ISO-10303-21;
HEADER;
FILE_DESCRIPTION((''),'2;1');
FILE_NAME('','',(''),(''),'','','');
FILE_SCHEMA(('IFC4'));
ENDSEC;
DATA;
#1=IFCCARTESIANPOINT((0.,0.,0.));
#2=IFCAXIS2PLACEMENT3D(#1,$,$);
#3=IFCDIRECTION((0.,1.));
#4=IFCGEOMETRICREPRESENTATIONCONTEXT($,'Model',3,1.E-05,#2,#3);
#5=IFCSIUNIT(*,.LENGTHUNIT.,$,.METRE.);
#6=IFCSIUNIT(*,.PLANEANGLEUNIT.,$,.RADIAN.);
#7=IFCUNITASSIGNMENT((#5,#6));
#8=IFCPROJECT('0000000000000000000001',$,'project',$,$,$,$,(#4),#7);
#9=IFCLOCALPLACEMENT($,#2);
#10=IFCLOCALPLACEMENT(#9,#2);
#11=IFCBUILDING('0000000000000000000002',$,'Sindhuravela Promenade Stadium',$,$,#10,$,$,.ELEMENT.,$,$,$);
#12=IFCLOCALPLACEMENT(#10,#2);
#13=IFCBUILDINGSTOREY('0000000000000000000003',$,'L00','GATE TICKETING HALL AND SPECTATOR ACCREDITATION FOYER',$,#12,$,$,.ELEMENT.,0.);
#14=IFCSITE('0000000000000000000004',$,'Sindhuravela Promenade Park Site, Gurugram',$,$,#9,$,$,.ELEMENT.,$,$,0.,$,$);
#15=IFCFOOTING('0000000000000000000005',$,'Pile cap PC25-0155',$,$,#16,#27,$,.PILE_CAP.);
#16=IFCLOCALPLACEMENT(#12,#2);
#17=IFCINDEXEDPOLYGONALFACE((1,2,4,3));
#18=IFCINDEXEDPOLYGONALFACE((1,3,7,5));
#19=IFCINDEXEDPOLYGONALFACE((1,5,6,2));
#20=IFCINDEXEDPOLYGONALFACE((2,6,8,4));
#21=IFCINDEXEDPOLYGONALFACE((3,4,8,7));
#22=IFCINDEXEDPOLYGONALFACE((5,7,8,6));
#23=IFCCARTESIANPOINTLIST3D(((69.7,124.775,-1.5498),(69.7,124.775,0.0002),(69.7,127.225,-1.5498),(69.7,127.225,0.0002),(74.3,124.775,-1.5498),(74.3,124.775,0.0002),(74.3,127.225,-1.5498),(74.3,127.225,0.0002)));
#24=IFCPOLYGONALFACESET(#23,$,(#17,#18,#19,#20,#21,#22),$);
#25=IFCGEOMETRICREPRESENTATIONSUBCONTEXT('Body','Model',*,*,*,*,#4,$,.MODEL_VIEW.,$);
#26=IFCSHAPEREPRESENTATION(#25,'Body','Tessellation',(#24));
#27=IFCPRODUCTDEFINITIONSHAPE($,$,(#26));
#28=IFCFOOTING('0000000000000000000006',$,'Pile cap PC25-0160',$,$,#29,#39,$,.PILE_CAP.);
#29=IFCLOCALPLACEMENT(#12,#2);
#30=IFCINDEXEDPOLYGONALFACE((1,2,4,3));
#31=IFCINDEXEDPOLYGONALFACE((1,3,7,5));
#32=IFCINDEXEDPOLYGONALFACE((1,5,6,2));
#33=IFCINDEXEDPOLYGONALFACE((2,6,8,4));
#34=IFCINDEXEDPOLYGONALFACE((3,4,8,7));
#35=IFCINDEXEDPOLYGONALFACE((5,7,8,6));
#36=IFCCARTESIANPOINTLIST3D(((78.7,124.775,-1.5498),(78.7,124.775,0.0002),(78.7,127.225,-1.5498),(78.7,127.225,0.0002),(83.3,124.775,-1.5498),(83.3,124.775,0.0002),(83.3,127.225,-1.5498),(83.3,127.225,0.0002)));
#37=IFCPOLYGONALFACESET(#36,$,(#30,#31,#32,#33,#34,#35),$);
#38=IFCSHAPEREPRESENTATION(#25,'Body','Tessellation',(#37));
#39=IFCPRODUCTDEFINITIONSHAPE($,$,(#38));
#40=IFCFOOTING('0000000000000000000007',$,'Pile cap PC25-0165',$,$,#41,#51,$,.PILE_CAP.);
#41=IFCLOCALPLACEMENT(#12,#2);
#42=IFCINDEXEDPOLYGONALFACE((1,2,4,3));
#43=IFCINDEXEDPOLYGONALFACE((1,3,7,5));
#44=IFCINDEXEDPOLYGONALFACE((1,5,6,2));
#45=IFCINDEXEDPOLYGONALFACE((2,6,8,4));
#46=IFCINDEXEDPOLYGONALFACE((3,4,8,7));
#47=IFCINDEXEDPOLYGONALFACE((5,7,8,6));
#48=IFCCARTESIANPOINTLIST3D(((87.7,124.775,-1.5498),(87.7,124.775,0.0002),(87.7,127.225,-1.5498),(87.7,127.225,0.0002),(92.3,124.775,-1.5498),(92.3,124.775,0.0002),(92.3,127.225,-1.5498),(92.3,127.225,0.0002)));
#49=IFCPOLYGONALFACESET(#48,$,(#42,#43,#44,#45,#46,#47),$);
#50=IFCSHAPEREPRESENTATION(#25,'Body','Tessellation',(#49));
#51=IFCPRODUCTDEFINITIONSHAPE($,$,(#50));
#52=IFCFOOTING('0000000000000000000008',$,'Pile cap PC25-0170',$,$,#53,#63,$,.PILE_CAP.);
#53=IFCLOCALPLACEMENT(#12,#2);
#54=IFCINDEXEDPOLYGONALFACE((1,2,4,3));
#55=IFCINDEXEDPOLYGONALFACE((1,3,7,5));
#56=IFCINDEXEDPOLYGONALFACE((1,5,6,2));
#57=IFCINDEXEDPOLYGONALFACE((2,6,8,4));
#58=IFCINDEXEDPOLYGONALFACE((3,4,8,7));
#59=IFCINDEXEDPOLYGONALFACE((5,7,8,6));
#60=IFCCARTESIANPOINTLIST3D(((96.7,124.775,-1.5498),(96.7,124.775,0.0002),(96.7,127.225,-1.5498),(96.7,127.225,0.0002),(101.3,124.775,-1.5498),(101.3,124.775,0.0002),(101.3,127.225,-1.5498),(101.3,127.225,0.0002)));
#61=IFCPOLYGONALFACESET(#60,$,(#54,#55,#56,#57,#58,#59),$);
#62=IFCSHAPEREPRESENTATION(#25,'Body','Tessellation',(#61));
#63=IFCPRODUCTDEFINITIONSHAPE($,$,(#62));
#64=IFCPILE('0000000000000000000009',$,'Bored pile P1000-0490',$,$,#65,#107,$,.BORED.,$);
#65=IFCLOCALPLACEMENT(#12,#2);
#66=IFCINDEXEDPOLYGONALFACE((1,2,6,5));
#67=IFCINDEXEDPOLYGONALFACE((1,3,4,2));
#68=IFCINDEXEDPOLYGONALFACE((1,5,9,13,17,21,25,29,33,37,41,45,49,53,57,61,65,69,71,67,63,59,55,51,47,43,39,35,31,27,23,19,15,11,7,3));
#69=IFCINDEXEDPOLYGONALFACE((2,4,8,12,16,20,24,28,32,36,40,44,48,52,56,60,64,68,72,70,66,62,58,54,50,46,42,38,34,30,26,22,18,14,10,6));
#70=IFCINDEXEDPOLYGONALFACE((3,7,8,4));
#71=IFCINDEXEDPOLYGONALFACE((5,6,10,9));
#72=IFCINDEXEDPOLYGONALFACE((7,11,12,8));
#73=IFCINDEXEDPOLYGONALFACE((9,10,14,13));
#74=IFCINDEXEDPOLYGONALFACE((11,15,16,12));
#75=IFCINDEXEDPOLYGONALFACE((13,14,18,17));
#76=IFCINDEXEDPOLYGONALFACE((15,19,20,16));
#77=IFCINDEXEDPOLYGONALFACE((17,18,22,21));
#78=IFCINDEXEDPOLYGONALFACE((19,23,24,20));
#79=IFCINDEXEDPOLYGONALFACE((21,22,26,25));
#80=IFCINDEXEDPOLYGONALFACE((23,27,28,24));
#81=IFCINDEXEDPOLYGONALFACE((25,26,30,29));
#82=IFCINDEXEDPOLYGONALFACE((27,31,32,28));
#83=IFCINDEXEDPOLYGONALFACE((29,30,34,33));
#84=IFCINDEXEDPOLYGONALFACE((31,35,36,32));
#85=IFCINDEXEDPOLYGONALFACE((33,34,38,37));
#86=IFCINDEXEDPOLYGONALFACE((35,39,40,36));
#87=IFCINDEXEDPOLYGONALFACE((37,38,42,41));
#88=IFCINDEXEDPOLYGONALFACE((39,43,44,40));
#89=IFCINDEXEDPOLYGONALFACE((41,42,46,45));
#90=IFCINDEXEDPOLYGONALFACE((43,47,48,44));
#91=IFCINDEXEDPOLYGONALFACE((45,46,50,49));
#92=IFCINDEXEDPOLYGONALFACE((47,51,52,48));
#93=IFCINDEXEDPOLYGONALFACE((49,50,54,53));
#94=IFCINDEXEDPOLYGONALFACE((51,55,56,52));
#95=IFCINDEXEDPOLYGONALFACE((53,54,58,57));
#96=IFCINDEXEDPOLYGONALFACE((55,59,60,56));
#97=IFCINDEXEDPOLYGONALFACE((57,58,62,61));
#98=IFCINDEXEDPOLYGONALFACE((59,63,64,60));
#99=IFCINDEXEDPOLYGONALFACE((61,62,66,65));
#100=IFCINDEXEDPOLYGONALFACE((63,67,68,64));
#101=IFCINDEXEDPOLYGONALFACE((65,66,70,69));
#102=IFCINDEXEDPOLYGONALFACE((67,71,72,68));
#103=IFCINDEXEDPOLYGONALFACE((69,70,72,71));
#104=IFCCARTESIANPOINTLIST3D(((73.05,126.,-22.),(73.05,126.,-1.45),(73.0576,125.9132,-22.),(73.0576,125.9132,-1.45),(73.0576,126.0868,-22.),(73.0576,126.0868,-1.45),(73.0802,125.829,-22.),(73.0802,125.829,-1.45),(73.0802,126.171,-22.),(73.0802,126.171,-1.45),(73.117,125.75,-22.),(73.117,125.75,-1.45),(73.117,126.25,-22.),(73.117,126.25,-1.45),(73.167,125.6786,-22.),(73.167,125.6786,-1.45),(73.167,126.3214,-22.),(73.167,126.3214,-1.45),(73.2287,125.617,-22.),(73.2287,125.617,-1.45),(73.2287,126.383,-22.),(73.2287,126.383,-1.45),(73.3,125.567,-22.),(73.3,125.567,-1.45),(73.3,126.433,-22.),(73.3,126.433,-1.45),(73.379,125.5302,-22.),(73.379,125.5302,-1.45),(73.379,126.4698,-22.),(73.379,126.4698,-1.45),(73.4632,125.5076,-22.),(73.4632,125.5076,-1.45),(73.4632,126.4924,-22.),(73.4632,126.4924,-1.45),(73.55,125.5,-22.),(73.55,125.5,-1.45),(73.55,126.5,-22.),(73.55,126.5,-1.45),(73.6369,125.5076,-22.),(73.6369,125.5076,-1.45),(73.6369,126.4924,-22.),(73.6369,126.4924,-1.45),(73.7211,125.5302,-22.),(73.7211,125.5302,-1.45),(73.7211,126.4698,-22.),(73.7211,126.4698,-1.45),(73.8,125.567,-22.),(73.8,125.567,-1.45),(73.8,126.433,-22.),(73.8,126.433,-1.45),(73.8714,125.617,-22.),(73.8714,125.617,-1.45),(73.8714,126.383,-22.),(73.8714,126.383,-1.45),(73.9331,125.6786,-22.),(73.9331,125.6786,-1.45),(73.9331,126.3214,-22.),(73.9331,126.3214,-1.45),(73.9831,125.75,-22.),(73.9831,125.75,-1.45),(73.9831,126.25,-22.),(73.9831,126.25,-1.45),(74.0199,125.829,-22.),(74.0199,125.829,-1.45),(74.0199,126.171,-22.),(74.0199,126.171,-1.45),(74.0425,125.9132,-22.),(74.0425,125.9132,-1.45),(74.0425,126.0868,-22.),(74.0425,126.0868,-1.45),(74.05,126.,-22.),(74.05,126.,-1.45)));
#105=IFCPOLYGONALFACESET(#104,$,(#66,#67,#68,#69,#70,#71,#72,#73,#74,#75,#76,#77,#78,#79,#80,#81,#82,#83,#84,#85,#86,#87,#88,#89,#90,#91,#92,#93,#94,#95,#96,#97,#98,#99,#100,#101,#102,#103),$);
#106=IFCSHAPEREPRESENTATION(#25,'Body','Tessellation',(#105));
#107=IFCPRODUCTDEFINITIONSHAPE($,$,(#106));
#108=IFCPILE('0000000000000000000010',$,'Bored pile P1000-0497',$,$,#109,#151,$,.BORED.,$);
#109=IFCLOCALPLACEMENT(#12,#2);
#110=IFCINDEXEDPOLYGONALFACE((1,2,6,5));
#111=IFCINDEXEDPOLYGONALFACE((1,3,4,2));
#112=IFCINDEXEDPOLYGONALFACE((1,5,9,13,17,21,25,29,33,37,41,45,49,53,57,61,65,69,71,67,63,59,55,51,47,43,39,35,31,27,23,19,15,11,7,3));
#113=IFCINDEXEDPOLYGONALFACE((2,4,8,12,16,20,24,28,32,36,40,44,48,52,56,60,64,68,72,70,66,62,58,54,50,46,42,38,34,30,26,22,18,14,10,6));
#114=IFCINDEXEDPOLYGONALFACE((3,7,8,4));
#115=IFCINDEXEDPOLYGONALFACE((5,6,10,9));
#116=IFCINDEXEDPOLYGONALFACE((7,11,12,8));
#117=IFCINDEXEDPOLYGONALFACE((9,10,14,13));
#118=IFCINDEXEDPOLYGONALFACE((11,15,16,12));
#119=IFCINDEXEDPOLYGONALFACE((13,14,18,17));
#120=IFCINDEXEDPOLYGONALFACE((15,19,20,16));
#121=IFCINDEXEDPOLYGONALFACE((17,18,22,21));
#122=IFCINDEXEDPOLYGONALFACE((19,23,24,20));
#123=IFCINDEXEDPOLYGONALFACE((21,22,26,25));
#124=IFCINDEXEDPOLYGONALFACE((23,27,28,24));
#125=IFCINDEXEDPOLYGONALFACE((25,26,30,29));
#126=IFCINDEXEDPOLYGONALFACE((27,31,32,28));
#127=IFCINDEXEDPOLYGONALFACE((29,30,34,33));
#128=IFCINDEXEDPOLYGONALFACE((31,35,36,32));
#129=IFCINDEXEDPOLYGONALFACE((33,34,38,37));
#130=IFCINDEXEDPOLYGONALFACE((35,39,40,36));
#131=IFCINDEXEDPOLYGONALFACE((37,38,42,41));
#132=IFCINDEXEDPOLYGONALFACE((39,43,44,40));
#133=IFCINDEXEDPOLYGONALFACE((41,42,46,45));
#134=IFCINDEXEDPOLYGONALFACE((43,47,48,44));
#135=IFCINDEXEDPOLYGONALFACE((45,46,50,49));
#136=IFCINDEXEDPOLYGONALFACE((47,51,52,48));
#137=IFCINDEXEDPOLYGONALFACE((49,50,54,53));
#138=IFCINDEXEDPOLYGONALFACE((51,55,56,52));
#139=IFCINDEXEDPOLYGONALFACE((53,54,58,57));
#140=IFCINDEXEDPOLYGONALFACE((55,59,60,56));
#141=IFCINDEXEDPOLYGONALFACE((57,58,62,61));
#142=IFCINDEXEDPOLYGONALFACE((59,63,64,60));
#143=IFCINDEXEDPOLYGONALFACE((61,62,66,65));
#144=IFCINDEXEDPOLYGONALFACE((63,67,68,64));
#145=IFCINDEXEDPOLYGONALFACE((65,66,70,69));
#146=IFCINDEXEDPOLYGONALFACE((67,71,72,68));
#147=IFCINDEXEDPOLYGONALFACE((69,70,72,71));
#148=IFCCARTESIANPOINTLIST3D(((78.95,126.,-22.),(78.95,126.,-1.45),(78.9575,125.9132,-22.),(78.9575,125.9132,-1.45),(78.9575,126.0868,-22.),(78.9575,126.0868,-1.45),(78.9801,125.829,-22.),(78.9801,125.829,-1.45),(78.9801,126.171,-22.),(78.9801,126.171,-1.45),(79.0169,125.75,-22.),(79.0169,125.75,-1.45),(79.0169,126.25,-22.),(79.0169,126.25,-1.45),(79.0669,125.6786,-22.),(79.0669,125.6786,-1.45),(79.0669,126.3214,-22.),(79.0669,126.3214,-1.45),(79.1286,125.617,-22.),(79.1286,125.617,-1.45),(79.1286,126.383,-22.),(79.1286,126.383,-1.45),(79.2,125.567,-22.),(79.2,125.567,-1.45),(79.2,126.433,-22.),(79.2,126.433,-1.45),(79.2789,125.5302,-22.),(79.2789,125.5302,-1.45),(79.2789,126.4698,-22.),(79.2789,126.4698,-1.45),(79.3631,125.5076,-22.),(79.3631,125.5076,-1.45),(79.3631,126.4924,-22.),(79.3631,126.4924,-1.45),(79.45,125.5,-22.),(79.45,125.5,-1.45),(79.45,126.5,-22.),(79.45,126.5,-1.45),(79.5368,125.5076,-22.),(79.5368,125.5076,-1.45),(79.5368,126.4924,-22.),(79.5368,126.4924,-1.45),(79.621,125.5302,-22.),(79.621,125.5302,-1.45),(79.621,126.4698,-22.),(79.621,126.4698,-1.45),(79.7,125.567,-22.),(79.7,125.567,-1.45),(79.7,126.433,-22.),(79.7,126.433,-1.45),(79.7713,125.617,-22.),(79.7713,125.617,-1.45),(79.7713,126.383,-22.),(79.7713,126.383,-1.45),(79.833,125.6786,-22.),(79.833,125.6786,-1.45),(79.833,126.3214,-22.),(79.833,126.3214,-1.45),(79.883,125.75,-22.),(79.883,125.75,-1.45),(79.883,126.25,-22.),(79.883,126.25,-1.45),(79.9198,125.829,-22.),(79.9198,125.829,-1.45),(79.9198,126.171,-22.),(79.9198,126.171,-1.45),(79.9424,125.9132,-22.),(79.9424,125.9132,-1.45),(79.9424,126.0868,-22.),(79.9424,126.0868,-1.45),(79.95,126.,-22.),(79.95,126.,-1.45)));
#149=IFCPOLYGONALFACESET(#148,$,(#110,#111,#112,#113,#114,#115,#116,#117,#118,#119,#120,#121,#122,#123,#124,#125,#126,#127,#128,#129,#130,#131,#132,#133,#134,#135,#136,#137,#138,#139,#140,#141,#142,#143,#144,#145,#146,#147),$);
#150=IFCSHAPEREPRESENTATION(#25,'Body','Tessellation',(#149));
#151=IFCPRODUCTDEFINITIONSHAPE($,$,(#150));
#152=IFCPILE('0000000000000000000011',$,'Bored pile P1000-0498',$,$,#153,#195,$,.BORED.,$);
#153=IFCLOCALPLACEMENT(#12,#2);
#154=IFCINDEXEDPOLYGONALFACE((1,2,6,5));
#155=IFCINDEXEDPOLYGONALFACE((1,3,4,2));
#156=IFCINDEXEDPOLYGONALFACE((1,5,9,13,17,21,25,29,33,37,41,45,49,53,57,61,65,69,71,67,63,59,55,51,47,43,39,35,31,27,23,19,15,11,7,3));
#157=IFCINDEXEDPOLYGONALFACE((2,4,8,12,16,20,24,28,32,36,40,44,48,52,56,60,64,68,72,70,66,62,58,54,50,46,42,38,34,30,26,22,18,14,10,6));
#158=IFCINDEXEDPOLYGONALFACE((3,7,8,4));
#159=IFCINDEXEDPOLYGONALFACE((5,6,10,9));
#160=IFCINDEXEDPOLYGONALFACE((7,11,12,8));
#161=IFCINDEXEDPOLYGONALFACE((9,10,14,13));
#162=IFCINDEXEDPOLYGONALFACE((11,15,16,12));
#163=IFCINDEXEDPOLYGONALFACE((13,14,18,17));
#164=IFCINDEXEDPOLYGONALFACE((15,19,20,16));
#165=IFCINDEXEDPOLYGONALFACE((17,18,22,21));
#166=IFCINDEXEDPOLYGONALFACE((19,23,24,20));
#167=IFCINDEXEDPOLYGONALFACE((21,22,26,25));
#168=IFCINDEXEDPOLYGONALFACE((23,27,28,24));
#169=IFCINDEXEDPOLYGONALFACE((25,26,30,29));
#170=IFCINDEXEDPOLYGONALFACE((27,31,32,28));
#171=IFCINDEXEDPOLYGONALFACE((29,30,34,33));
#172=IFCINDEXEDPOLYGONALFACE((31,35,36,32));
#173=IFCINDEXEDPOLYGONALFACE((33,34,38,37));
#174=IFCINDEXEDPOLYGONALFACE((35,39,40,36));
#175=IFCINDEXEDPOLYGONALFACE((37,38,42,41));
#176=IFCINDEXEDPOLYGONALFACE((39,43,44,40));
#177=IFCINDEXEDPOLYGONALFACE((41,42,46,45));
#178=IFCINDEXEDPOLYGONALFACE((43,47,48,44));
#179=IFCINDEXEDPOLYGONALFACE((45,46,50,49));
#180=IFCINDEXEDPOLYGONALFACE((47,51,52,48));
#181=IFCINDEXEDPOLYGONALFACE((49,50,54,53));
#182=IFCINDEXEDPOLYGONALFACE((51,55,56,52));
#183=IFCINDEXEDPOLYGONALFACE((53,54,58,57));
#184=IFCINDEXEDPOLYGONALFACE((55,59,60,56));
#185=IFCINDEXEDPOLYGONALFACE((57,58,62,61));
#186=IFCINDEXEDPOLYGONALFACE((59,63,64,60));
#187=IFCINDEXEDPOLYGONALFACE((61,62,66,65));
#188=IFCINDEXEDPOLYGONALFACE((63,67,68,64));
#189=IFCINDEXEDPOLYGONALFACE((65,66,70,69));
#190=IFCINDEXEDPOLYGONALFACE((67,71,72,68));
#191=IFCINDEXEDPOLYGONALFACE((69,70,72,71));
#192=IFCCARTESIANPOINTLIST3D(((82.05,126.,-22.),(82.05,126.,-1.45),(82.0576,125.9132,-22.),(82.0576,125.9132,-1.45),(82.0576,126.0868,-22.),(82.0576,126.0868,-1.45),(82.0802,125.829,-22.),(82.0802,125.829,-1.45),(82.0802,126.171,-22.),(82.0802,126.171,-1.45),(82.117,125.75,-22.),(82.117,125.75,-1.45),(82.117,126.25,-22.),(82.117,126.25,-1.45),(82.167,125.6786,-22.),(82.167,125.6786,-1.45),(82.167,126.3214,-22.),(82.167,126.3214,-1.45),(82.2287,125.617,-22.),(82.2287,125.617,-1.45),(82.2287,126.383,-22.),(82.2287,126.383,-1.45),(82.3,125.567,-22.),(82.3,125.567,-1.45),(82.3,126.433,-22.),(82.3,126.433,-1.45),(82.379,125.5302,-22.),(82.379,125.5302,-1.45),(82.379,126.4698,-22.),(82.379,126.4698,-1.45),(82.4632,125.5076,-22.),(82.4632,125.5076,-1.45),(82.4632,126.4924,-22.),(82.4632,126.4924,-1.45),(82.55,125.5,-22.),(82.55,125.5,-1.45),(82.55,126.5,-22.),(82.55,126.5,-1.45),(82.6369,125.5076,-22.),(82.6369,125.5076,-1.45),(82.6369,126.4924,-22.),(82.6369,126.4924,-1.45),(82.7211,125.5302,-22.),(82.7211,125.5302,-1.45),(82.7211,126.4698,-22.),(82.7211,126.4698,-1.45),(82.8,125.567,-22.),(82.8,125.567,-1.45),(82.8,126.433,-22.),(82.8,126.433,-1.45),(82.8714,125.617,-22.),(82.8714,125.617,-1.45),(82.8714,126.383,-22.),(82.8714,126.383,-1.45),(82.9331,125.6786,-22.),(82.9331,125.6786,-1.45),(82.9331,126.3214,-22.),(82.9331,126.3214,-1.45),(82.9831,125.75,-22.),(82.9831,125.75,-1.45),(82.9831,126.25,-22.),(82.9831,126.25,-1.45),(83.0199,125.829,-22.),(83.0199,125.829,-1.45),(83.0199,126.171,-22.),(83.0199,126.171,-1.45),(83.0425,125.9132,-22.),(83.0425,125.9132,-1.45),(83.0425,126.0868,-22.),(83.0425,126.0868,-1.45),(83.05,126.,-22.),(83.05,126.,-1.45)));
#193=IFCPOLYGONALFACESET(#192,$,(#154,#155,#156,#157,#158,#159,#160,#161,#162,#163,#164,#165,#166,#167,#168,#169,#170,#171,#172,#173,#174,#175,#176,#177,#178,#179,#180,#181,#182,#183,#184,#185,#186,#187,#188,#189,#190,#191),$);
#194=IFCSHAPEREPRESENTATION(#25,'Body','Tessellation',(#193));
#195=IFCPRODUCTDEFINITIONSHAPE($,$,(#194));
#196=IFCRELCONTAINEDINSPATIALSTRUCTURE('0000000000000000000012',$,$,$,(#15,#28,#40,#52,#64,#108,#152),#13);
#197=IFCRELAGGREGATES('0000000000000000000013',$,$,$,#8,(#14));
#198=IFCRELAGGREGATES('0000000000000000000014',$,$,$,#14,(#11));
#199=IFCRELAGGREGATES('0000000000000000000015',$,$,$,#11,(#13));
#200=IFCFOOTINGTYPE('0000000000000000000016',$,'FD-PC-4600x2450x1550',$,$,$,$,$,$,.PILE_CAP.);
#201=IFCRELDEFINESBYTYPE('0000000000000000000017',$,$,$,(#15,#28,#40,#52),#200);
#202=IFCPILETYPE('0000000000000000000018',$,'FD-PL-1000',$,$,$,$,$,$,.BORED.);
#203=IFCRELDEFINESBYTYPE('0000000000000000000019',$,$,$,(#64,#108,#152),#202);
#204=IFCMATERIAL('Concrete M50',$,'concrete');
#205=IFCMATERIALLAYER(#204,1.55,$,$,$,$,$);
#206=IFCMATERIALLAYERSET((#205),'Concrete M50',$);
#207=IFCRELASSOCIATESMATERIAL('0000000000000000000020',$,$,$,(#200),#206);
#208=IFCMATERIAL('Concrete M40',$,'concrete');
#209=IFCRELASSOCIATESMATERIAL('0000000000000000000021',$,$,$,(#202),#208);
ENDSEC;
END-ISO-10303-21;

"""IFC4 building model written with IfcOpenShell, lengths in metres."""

from ifc_helpers import new_model, si_unit, direction, frame, origin, origin_2d, place, context, subcontext, project, spatial, rectangle, circle, extrude, material, layer, layer_set, material_profile, profile_set, type_object, element, save


model = new_model("IFC4")

# Units and contexts
model_context = context("Model", 3, precision=1e-05, world=origin(), true_north=direction((0.0, 1.0)))
body_context = subcontext(model_context, "Body", "Model", "MODEL_VIEW")
ifc_project = project(units=[si_unit("LENGTHUNIT", "METRE"), si_unit("PLANEANGLEUNIT", "RADIAN")], contexts=[model_context])

# Site, building, storey
site_placement = place(None, origin())
site = spatial("IfcSite", under=ifc_project, at=site_placement, Name="Sindhuravela Promenade Park Site, Gurugram", CompositionType="ELEMENT", RefElevation=0.0)
building_placement = place(site_placement, origin())
building = spatial("IfcBuilding", under=site, at=building_placement, Name="Sindhuravela Promenade Stadium", CompositionType="ELEMENT")
storey_placement = place(building_placement, origin())
storey = spatial("IfcBuildingStorey", under=building, at=storey_placement, Name="L00", Description="GATE TICKETING HALL AND SPECTATOR ACCREDITATION FOYER", CompositionType="ELEMENT", Elevation=0.0)

# Footings
ifc_material_1 = material(Name="Concrete M50", Category="concrete")
ifc_layer = layer(ifc_material_1, 1.55)
ifc_layer_set = layer_set([ifc_layer], Name="Concrete M50")
footing_type = type_object("IfcFootingType", Name="FD-PC-4600x2450x1550", PredefinedType="PILE_CAP", material=ifc_layer_set)
for number, where, z_axis, x_axis, name in (
    (1, (72.0, 126.0, -1.5498), (0.0, 0.0, 1.0), (1.0, 0.0, 0.0), "Pile cap PC25-0155"),
    (2, (81.0, 126.0, -1.5498), (0.0, 0.0, 1.0), (1.0, 0.0, 0.0), "Pile cap PC25-0160"),
    (3, (90.0, 126.0, -1.5498), (0.0, 0.0, 1.0), (1.0, 0.0, 0.0), "Pile cap PC25-0165"),
    (4, (99.0, 126.0, -1.5498), (0.0, 0.0, 1.0), (1.0, 0.0, 0.0), "Pile cap PC25-0170"),
):
    element("IfcFooting", number, at=place(storey_placement, frame(where, z_axis=z_axis, x_axis=x_axis)), inside=storey, type_object=footing_type, Name=name, PredefinedType="PILE_CAP", context=body_context, shape_type="SweptSolid", body=[
        extrude(rectangle(XDim=4.6001, YDim=2.45, at=origin_2d()), origin(), (0.0, 0.0, 1.0), 1.55),
    ])

# Piles
ifc_material_2 = material(Name="Concrete M40", Category="concrete")
ifc_material_profile_1 = material_profile(ifc_material_2, circle(Radius=0.5, at=origin_2d()), Name="BORED PILE D1000")
ifc_profile_set_1 = profile_set([ifc_material_profile_1], Name="Concrete M40")
pile_type_1 = type_object("IfcPileType", Name="FD-PL-1000", PredefinedType="BORED", material=ifc_profile_set_1)
for number, where, z_axis, x_axis, name in (
    (5, (73.55, 126.0, -1.45), (0.0, 0.0, -1.0), (1.0, 0.0, 0.0), "Bored pile P1000-0490"),
    (6, (79.45, 126.0, -1.45), (0.0, 0.0, -1.0), (1.0, 0.0, 0.0), "Bored pile P1000-0497"),
    (7, (82.55, 126.0, -1.45), (0.0, 0.0, -1.0), (1.0, 0.0, 0.0), "Bored pile P1000-0498"),
):
    element("IfcPile", number, at=place(storey_placement, frame(where, z_axis=z_axis, x_axis=x_axis)), inside=storey, type_object=pile_type_1, Name=name, PredefinedType="BORED", context=body_context, shape_type="SweptSolid", body=[
        extrude(circle(Radius=0.5, at=origin_2d()), origin(), (0.0, 0.0, 1.0), 20.55),
    ])

save(model, "model.ifc")
